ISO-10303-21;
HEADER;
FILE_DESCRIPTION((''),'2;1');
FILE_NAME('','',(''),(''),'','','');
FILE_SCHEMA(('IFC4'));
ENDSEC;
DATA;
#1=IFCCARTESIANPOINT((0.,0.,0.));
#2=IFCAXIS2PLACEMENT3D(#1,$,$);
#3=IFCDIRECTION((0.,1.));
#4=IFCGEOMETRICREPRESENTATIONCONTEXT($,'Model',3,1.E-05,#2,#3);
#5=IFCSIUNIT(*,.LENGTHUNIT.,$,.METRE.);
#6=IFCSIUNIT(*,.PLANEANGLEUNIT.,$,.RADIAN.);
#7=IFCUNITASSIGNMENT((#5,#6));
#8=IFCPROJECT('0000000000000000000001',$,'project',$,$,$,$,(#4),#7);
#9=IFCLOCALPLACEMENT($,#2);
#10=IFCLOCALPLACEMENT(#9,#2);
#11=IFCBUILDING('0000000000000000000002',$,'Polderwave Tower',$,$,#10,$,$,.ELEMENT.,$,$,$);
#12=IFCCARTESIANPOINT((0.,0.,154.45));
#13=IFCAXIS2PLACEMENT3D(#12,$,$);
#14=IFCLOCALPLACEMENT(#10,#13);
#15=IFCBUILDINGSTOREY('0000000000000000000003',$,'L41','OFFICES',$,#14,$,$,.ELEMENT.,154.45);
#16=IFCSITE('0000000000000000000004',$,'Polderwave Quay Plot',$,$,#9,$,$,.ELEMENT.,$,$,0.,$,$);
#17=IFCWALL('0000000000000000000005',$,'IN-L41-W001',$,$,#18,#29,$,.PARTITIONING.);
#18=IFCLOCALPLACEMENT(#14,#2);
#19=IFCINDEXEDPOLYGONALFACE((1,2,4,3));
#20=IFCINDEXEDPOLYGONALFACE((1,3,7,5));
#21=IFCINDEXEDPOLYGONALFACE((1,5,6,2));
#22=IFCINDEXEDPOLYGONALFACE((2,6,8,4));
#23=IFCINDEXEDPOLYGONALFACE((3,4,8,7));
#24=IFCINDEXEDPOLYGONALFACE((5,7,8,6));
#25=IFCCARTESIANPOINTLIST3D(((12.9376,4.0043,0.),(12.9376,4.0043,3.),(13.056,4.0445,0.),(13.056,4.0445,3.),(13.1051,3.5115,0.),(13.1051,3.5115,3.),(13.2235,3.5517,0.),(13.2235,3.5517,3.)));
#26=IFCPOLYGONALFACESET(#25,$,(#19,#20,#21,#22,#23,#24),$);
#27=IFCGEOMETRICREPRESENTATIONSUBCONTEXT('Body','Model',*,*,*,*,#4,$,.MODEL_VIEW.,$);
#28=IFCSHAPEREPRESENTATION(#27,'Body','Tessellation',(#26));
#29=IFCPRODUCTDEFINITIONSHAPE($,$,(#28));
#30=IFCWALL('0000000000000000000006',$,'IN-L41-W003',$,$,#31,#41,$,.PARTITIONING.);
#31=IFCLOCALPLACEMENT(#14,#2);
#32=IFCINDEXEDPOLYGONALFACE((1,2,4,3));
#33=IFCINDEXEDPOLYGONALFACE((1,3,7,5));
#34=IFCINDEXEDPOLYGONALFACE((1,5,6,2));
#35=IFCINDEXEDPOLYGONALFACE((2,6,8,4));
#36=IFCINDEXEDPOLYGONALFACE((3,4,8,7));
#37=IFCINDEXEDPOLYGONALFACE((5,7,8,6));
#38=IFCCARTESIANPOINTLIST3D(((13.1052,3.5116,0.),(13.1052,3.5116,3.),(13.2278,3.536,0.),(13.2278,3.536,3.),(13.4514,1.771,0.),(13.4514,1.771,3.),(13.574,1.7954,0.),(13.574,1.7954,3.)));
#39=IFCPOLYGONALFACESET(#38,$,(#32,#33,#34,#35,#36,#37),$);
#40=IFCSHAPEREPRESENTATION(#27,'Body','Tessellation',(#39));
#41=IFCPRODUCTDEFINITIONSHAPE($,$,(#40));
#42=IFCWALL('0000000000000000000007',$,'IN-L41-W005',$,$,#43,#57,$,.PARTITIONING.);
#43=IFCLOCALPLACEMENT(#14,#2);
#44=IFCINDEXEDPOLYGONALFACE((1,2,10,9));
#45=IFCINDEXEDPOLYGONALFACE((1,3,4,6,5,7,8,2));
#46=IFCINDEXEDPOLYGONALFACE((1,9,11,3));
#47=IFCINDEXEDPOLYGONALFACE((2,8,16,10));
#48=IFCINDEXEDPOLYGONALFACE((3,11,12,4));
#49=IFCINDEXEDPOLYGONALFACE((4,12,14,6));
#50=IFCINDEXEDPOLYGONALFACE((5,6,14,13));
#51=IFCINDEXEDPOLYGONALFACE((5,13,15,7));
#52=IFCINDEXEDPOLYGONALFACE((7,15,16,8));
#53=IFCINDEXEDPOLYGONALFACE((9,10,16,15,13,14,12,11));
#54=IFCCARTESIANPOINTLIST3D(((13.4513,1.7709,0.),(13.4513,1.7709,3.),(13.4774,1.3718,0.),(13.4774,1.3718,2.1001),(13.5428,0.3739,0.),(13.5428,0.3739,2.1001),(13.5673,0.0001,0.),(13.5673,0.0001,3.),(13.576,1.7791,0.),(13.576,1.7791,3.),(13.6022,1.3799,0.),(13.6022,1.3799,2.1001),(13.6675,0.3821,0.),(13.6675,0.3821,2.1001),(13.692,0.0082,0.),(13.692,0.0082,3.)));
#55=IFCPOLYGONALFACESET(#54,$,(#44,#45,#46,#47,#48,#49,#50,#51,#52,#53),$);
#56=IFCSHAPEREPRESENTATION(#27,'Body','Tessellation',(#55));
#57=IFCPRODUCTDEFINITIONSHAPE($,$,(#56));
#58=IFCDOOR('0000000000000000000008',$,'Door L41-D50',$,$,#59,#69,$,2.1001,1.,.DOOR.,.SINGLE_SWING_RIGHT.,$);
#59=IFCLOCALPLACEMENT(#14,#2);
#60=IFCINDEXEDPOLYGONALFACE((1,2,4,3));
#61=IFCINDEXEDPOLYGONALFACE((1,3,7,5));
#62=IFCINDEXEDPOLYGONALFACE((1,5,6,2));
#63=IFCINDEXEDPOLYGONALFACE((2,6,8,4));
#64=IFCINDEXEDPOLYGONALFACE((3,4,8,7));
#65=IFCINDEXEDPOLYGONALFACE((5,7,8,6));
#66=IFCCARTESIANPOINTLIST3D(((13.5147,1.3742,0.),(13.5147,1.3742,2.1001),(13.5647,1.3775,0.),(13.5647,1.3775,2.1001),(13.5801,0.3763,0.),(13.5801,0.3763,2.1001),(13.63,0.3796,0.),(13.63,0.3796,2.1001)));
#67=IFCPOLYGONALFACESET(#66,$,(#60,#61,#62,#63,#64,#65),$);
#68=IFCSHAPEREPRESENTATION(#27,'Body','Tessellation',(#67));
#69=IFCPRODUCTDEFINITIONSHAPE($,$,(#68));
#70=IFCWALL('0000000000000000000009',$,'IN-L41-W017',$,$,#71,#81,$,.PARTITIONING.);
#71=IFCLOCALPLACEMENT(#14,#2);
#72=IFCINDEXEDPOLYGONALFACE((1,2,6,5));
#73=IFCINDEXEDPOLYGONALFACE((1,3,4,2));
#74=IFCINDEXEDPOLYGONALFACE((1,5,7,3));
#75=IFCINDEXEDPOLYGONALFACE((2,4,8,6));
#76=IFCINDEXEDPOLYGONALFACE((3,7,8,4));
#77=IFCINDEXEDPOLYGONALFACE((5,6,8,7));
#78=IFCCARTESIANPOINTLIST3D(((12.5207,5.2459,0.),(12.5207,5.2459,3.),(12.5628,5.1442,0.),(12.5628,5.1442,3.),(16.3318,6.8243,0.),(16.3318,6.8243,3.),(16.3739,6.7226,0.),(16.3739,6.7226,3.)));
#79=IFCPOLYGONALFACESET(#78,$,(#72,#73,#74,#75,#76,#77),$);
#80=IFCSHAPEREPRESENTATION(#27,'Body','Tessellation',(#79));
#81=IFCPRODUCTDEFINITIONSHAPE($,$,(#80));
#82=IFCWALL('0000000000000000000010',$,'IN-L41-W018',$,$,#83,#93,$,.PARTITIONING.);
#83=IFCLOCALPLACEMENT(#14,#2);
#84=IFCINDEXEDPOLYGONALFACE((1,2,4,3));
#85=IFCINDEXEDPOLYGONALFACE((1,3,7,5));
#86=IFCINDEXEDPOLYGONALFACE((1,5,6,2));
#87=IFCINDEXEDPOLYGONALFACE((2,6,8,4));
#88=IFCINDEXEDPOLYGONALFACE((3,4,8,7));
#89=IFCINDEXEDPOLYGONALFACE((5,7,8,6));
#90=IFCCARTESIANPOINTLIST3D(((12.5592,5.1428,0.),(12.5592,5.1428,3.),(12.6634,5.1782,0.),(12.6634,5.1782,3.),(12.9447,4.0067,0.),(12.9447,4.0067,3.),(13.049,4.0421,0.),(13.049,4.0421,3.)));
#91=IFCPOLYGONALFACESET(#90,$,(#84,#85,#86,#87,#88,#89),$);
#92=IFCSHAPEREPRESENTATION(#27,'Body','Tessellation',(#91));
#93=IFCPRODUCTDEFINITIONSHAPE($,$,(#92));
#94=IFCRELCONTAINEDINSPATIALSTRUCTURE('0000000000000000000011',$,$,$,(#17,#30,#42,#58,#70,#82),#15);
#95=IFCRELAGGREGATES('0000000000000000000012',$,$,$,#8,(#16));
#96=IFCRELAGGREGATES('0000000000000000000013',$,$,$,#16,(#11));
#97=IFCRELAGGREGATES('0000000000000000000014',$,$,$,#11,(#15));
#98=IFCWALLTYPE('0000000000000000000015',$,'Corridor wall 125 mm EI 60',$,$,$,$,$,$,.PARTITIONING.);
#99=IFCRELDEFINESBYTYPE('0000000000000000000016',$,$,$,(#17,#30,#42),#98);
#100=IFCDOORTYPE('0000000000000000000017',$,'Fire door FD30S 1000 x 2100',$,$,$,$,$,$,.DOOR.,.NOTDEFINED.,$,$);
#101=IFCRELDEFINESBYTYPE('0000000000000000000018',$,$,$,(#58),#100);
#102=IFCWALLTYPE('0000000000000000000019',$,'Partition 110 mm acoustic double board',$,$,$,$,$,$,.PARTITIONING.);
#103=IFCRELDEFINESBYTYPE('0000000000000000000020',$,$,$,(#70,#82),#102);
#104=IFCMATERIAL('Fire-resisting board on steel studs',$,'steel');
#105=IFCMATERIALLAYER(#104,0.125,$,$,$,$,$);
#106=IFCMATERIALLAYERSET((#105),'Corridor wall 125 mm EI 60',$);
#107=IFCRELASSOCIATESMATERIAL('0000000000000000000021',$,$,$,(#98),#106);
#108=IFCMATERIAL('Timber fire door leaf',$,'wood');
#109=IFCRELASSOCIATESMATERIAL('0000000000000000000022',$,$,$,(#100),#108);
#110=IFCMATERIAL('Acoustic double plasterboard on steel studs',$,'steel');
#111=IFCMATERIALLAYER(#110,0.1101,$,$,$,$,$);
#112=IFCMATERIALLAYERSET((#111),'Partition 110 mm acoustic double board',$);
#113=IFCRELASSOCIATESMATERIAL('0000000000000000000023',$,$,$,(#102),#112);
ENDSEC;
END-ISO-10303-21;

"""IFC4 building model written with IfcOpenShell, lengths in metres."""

from ifc_helpers import new_model, si_unit, direction, frame, frame_2d, origin, place, context, subcontext, project, spatial, rectangle, extrude, material, layer, layer_set, type_object, element, fill, save


model = new_model("IFC4")

# Units and contexts
model_context = context("Model", 3, precision=1e-05, world=origin(), true_north=direction((0.0, 1.0)))
body_context = subcontext(model_context, "Body", "Model", "MODEL_VIEW")
ifc_project = project(units=[si_unit("LENGTHUNIT", "METRE"), si_unit("PLANEANGLEUNIT", "RADIAN")], contexts=[model_context])

# Site, building, storey
site_placement = place(None, origin())
site = spatial("IfcSite", under=ifc_project, at=site_placement, Name="Polderwave Quay Plot", CompositionType="ELEMENT", RefElevation=0.0)
building_placement = place(site_placement, origin())
building = spatial("IfcBuilding", under=site, at=building_placement, Name="Polderwave Tower", CompositionType="ELEMENT")
storey_placement = place(building_placement, frame((0.0, 0.0, 154.45)))
storey = spatial("IfcBuildingStorey", under=building, at=storey_placement, Name="L41", Description="OFFICES", CompositionType="ELEMENT", Elevation=154.45)

# Walls
ifc_material_1 = material(Name="Fire-resisting board on steel studs", Category="steel")
ifc_layer_1 = layer(ifc_material_1, 0.125)
ifc_layer_set_1 = layer_set([ifc_layer_1], Name="Corridor wall 125 mm EI 60")
wall_type_1 = type_object("IfcWallType", Name="Corridor wall 125 mm EI 60", PredefinedType="PARTITIONING", material=ifc_layer_set_1)
wall_1_placement = place(storey_placement, frame((12.9968, 4.0244, 0.0), z_axis=(0.0, 0.0, 1.0), x_axis=(0.321709, -0.946838, 0.0)))
element("IfcWall", 1, at=wall_1_placement, inside=storey, type_object=wall_type_1, Name="IN-L41-W001", PredefinedType="PARTITIONING", context=body_context, shape_type="SweptSolid", body=[
    extrude(rectangle(XDim=0.5205, YDim=0.125, at=frame_2d((0.2603, 0.0))), origin(), (0.0, 0.0, 1.0), 3.0),
])
wall_2_placement = place(storey_placement, frame((13.1665, 3.5237, 0.0), z_axis=(0.0, 0.0, 1.0), x_axis=(0.195084, -0.980786, 0.0)))
element("IfcWall", 2, at=wall_2_placement, inside=storey, type_object=wall_type_1, Name="IN-L41-W003", PredefinedType="PARTITIONING", context=body_context, shape_type="SweptSolid", body=[
    extrude(rectangle(XDim=1.7747, YDim=0.125, at=frame_2d((0.8872, 0.0))), origin(), (0.0, 0.0, 1.0), 3.0),
])

# Wall, opening, door
wall_3_placement = place(storey_placement, frame((13.5137, 1.7749, 0.0), z_axis=(0.0, 0.0, 1.0), x_axis=(0.06535, -0.997862, 0.0)))
wall_3 = element("IfcWall", 3, at=wall_3_placement, inside=storey, type_object=wall_type_1, Name="IN-L41-W005", PredefinedType="PARTITIONING", context=body_context, shape_type="SweptSolid", body=[
    extrude(rectangle(XDim=1.7747, YDim=0.125, at=frame_2d((0.8872, 0.0))), origin(), (0.0, 0.0, 1.0), 3.0),
])
opening_placement = place(wall_3_placement, frame((0.3999, 0.0, 0.0)))
opening = element("IfcOpeningElement", 4, at=opening_placement, cuts=wall_3, PredefinedType="OPENING", context=body_context, shape_type="SweptSolid", body=[
    extrude(rectangle(XDim=1.0, YDim=2.1001, at=frame_2d((0.5, 1.05))), frame((0.0, 0.0725, 0.0), z_axis=(0.0, -1.0, 0.0), x_axis=(1.0, 0.0, 0.0)), (0.0, 0.0, 1.0), 0.145),
])
ifc_material_2 = material(Name="Timber fire door leaf", Category="wood")
door_type = type_object("IfcDoorType", Name="Fire door FD30S 1000 x 2100", OperationType="NOTDEFINED", PredefinedType="DOOR", material=ifc_material_2)
door_placement = place(opening_placement, origin())
door = element("IfcDoor", 5, at=door_placement, inside=storey, type_object=door_type, Name="Door L41-D50", OperationType="SINGLE_SWING_RIGHT", OverallHeight=2.1001, OverallWidth=1.0, PredefinedType="DOOR", context=body_context, shape_type="SweptSolid", body=[
    extrude(rectangle(XDim=1.0, YDim=2.1001, at=frame_2d((0.5, 1.05))), frame((0.0, 0.0249, 0.0), z_axis=(0.0, -1.0, 0.0), x_axis=(1.0, 0.0, 0.0)), (0.0, 0.0, 1.0), 0.05),
])
fill(opening, door)

# Walls
ifc_material_3 = material(Name="Acoustic double plasterboard on steel studs", Category="steel")
ifc_layer_2 = layer(ifc_material_3, 0.1101)
ifc_layer_set_2 = layer_set([ifc_layer_2], Name="Partition 110 mm acoustic double board")
wall_type_2 = type_object("IfcWallType", Name="Partition 110 mm acoustic double board", PredefinedType="PARTITIONING", material=ifc_layer_set_2)
wall_4_placement = place(storey_placement, frame((12.5417, 5.1951, 0.0), z_axis=(0.0, 0.0, 1.0), x_axis=(0.923898, 0.382639, 0.0)))
element("IfcWall", 6, at=wall_4_placement, inside=storey, type_object=wall_type_2, Name="IN-L41-W017", PredefinedType="PARTITIONING", context=body_context, shape_type="SweptSolid", body=[
    extrude(rectangle(XDim=4.125, YDim=0.1101, at=frame_2d((2.0625, 0.0))), origin(), (0.0, 0.0, 1.0), 3.0),
])
wall_5_placement = place(storey_placement, frame((12.9968, 4.0244, 0.0), z_axis=(0.0, 0.0, 1.0), x_axis=(-0.321352, 0.94696, 0.0)))
element("IfcWall", 7, at=wall_5_placement, inside=storey, type_object=wall_type_2, Name="IN-L41-W018", PredefinedType="PARTITIONING", context=body_context, shape_type="SweptSolid", body=[
    extrude(rectangle(XDim=1.1997, YDim=0.1101, at=frame_2d((0.5999, 0.0))), origin(), (0.0, 0.0, 1.0), 3.0),
])

save(model, "model.ifc")
